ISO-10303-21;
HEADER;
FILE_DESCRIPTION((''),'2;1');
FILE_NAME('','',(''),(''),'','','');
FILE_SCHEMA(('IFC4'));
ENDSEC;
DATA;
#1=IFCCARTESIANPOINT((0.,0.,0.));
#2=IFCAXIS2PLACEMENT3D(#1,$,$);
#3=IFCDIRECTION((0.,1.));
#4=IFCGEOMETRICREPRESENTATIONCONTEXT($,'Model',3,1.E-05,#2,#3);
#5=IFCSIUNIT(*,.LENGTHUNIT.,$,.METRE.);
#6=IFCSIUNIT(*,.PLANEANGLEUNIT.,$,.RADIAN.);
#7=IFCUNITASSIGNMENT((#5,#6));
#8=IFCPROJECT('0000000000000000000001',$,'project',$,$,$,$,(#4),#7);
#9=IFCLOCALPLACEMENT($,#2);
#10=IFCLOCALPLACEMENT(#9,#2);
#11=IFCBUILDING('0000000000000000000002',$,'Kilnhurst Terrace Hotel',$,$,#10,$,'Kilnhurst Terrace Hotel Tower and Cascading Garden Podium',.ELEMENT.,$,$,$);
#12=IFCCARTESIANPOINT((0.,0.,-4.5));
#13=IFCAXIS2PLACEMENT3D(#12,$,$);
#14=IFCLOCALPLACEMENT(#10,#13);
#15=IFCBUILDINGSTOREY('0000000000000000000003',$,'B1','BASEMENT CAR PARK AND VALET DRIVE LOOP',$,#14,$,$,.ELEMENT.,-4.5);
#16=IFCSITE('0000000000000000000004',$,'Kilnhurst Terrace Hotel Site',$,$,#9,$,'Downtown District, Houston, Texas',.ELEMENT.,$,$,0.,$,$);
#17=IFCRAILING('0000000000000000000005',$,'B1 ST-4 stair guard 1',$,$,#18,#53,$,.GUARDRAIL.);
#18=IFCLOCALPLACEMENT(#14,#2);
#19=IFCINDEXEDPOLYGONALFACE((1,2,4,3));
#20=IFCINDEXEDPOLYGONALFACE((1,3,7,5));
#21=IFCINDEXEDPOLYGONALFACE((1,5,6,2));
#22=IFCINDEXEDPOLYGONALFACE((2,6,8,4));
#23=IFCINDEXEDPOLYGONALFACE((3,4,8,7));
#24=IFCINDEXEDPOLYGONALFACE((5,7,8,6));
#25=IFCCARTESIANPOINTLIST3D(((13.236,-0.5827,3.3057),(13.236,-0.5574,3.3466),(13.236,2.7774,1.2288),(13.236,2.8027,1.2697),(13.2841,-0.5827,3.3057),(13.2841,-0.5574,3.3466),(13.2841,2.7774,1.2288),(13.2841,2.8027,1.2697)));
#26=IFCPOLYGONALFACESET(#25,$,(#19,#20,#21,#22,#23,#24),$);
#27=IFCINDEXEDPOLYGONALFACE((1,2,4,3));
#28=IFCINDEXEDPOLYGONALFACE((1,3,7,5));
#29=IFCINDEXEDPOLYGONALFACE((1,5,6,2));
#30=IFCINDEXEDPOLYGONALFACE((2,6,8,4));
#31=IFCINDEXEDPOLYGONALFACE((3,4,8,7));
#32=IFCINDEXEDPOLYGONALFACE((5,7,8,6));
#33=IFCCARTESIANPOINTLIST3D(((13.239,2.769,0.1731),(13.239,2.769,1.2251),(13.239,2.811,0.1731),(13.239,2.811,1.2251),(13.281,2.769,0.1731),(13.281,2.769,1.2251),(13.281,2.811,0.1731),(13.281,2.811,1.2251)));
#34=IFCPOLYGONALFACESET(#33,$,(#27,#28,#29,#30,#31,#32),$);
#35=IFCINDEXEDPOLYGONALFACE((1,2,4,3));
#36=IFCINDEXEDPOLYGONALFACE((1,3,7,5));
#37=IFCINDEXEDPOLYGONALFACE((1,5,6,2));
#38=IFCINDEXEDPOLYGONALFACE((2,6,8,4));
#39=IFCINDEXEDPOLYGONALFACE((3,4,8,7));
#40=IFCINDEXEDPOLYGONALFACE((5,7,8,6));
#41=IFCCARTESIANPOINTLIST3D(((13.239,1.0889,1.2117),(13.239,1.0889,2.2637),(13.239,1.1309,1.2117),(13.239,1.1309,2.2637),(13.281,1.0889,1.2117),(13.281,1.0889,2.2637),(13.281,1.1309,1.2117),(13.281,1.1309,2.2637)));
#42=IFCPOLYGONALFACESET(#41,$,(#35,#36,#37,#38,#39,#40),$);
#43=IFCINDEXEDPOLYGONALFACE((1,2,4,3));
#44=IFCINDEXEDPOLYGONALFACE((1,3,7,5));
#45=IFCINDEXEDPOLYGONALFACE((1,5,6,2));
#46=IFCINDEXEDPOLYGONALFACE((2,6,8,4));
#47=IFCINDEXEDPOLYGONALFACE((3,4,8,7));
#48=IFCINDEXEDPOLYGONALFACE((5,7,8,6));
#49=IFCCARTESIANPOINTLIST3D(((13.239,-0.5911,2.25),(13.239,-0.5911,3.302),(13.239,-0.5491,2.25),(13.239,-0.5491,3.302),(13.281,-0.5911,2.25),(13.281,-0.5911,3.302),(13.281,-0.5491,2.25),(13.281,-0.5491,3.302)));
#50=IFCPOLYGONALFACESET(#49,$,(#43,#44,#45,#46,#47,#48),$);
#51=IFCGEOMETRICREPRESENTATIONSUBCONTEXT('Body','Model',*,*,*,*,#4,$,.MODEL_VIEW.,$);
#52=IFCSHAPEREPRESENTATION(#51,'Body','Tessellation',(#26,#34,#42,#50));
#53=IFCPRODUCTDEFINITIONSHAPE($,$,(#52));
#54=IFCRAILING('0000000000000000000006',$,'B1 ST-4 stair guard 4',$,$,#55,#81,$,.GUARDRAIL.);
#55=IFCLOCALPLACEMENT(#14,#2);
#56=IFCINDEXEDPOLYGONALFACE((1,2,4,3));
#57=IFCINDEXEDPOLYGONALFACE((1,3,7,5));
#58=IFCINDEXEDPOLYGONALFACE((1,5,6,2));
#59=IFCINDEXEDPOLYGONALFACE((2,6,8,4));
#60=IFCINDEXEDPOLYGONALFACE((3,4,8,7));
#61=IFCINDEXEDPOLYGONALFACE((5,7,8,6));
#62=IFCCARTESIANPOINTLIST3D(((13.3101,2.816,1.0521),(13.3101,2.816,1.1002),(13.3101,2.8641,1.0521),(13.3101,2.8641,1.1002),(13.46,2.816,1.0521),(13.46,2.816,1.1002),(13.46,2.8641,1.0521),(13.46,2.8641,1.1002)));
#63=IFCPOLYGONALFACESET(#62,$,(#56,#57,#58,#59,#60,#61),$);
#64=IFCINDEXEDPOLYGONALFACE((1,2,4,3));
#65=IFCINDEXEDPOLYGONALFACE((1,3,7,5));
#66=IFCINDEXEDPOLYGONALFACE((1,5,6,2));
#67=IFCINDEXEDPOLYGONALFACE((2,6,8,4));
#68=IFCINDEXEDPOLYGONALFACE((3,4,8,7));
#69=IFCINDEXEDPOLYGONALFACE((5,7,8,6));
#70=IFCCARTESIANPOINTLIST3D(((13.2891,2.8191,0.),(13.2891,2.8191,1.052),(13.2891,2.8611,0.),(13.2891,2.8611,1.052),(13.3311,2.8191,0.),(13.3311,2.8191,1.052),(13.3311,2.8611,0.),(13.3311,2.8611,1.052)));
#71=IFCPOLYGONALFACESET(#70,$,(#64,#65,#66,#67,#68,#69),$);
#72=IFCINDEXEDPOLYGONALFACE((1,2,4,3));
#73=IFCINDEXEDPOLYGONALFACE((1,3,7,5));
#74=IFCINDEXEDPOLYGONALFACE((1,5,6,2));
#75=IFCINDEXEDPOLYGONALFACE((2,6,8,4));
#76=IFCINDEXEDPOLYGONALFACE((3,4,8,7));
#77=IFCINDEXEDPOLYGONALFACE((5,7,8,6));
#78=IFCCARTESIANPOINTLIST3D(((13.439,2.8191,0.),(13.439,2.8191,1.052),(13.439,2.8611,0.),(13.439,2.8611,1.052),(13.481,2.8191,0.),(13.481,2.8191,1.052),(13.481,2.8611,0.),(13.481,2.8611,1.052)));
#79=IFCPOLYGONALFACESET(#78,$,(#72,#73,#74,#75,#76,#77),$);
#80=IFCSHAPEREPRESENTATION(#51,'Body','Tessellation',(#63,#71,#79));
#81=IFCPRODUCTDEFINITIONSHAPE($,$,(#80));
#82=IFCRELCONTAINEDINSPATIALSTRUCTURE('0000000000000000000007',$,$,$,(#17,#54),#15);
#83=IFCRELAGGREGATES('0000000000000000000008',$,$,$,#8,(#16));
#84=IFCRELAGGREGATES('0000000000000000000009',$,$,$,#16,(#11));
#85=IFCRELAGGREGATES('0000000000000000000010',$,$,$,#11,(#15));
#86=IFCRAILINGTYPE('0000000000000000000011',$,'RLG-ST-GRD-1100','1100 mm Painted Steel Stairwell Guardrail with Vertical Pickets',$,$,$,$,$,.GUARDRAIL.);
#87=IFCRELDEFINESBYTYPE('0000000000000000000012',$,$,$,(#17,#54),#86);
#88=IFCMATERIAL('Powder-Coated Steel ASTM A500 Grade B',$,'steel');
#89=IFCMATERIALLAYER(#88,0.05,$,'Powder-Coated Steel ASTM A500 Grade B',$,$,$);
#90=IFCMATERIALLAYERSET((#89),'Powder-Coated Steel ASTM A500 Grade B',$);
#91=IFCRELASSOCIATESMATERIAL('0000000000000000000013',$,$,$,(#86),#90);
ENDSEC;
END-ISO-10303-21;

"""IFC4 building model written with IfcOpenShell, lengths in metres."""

from ifc_helpers import new_model, si_unit, direction, frame, origin, origin_2d, place, context, subcontext, project, spatial, rectangle, extrude, material, layer, layer_set, type_object, element, save


model = new_model("IFC4")

# Units and contexts
model_context = context("Model", 3, precision=1e-05, world=origin(), true_north=direction((0.0, 1.0)))
body_context = subcontext(model_context, "Body", "Model", "MODEL_VIEW")
ifc_project = project(units=[si_unit("LENGTHUNIT", "METRE"), si_unit("PLANEANGLEUNIT", "RADIAN")], contexts=[model_context])

# Site, building, storey
site_placement = place(None, origin())
site = spatial("IfcSite", under=ifc_project, at=site_placement, Name="Kilnhurst Terrace Hotel Site", LongName="Downtown District, Houston, Texas", CompositionType="ELEMENT", RefElevation=0.0)
building_placement = place(site_placement, origin())
building = spatial("IfcBuilding", under=site, at=building_placement, Name="Kilnhurst Terrace Hotel", LongName="Kilnhurst Terrace Hotel Tower and Cascading Garden Podium", CompositionType="ELEMENT")
storey_placement = place(building_placement, frame((0.0, 0.0, -4.5)))
storey = spatial("IfcBuildingStorey", under=building, at=storey_placement, Name="B1", Description="BASEMENT CAR PARK AND VALET DRIVE LOOP", CompositionType="ELEMENT", Elevation=-4.5)

# Railings
ifc_material_1 = material(Name="Powder-Coated Steel ASTM A500 Grade B", Category="steel")
ifc_layer_1 = layer(ifc_material_1, 0.05, Name="Powder-Coated Steel ASTM A500 Grade B")
ifc_layer_set_1 = layer_set([ifc_layer_1], Name="Powder-Coated Steel ASTM A500 Grade B")
railing_type = type_object("IfcRailingType", Name="RLG-ST-GRD-1100", Description="1100 mm Painted Steel Stairwell Guardrail with Vertical Pickets", PredefinedType="GUARDRAIL", material=ifc_layer_set_1)
railing_1_placement = place(storey_placement, frame((13.26, 2.79, 0.1731)))
element("IfcRailing", 1, at=railing_1_placement, inside=storey, type_object=railing_type, Name="B1 ST-4 stair guard 1", PredefinedType="GUARDRAIL", context=body_context, shape_type="SweptSolid", body=[
    extrude(rectangle(XDim=0.0481, YDim=0.0481, at=origin_2d()), frame((0.0, 0.0, 1.0762), z_axis=(0.0, -0.850623, 0.525776), x_axis=(1.0, 0.0, 0.0)), (0.0, 0.0, 1.0), 3.9502),
    extrude(rectangle(XDim=0.042, YDim=0.042, at=origin_2d()), origin(), (0.0, 0.0, 1.0), 1.052),
    extrude(rectangle(XDim=0.042, YDim=0.042, at=origin_2d()), frame((0.0, -1.6802, 1.0386)), (0.0, 0.0, 1.0), 1.052),
    extrude(rectangle(XDim=0.042, YDim=0.042, at=origin_2d()), frame((0.0, -3.3601, 2.0769)), (0.0, 0.0, 1.0), 1.052),
])
railing_2_placement = place(storey_placement, frame((13.3101, 2.8401, 0.0)))
element("IfcRailing", 2, at=railing_2_placement, inside=storey, type_object=railing_type, Name="B1 ST-4 stair guard 4", PredefinedType="GUARDRAIL", context=body_context, shape_type="SweptSolid", body=[
    extrude(rectangle(XDim=0.0481, YDim=0.0481, at=origin_2d()), frame((0.0, 0.0, 1.0762), z_axis=(1.0, 0.0, 0.0), x_axis=(0.0, 1.0, 0.0)), (0.0, 0.0, 1.0), 0.1499),
    extrude(rectangle(XDim=0.042, YDim=0.042, at=origin_2d()), origin(), (0.0, 0.0, 1.0), 1.052),
    extrude(rectangle(XDim=0.042, YDim=0.042, at=origin_2d()), frame((0.1499, 0.0, 0.0)), (0.0, 0.0, 1.0), 1.052),
])

save(model, "model.ifc")
